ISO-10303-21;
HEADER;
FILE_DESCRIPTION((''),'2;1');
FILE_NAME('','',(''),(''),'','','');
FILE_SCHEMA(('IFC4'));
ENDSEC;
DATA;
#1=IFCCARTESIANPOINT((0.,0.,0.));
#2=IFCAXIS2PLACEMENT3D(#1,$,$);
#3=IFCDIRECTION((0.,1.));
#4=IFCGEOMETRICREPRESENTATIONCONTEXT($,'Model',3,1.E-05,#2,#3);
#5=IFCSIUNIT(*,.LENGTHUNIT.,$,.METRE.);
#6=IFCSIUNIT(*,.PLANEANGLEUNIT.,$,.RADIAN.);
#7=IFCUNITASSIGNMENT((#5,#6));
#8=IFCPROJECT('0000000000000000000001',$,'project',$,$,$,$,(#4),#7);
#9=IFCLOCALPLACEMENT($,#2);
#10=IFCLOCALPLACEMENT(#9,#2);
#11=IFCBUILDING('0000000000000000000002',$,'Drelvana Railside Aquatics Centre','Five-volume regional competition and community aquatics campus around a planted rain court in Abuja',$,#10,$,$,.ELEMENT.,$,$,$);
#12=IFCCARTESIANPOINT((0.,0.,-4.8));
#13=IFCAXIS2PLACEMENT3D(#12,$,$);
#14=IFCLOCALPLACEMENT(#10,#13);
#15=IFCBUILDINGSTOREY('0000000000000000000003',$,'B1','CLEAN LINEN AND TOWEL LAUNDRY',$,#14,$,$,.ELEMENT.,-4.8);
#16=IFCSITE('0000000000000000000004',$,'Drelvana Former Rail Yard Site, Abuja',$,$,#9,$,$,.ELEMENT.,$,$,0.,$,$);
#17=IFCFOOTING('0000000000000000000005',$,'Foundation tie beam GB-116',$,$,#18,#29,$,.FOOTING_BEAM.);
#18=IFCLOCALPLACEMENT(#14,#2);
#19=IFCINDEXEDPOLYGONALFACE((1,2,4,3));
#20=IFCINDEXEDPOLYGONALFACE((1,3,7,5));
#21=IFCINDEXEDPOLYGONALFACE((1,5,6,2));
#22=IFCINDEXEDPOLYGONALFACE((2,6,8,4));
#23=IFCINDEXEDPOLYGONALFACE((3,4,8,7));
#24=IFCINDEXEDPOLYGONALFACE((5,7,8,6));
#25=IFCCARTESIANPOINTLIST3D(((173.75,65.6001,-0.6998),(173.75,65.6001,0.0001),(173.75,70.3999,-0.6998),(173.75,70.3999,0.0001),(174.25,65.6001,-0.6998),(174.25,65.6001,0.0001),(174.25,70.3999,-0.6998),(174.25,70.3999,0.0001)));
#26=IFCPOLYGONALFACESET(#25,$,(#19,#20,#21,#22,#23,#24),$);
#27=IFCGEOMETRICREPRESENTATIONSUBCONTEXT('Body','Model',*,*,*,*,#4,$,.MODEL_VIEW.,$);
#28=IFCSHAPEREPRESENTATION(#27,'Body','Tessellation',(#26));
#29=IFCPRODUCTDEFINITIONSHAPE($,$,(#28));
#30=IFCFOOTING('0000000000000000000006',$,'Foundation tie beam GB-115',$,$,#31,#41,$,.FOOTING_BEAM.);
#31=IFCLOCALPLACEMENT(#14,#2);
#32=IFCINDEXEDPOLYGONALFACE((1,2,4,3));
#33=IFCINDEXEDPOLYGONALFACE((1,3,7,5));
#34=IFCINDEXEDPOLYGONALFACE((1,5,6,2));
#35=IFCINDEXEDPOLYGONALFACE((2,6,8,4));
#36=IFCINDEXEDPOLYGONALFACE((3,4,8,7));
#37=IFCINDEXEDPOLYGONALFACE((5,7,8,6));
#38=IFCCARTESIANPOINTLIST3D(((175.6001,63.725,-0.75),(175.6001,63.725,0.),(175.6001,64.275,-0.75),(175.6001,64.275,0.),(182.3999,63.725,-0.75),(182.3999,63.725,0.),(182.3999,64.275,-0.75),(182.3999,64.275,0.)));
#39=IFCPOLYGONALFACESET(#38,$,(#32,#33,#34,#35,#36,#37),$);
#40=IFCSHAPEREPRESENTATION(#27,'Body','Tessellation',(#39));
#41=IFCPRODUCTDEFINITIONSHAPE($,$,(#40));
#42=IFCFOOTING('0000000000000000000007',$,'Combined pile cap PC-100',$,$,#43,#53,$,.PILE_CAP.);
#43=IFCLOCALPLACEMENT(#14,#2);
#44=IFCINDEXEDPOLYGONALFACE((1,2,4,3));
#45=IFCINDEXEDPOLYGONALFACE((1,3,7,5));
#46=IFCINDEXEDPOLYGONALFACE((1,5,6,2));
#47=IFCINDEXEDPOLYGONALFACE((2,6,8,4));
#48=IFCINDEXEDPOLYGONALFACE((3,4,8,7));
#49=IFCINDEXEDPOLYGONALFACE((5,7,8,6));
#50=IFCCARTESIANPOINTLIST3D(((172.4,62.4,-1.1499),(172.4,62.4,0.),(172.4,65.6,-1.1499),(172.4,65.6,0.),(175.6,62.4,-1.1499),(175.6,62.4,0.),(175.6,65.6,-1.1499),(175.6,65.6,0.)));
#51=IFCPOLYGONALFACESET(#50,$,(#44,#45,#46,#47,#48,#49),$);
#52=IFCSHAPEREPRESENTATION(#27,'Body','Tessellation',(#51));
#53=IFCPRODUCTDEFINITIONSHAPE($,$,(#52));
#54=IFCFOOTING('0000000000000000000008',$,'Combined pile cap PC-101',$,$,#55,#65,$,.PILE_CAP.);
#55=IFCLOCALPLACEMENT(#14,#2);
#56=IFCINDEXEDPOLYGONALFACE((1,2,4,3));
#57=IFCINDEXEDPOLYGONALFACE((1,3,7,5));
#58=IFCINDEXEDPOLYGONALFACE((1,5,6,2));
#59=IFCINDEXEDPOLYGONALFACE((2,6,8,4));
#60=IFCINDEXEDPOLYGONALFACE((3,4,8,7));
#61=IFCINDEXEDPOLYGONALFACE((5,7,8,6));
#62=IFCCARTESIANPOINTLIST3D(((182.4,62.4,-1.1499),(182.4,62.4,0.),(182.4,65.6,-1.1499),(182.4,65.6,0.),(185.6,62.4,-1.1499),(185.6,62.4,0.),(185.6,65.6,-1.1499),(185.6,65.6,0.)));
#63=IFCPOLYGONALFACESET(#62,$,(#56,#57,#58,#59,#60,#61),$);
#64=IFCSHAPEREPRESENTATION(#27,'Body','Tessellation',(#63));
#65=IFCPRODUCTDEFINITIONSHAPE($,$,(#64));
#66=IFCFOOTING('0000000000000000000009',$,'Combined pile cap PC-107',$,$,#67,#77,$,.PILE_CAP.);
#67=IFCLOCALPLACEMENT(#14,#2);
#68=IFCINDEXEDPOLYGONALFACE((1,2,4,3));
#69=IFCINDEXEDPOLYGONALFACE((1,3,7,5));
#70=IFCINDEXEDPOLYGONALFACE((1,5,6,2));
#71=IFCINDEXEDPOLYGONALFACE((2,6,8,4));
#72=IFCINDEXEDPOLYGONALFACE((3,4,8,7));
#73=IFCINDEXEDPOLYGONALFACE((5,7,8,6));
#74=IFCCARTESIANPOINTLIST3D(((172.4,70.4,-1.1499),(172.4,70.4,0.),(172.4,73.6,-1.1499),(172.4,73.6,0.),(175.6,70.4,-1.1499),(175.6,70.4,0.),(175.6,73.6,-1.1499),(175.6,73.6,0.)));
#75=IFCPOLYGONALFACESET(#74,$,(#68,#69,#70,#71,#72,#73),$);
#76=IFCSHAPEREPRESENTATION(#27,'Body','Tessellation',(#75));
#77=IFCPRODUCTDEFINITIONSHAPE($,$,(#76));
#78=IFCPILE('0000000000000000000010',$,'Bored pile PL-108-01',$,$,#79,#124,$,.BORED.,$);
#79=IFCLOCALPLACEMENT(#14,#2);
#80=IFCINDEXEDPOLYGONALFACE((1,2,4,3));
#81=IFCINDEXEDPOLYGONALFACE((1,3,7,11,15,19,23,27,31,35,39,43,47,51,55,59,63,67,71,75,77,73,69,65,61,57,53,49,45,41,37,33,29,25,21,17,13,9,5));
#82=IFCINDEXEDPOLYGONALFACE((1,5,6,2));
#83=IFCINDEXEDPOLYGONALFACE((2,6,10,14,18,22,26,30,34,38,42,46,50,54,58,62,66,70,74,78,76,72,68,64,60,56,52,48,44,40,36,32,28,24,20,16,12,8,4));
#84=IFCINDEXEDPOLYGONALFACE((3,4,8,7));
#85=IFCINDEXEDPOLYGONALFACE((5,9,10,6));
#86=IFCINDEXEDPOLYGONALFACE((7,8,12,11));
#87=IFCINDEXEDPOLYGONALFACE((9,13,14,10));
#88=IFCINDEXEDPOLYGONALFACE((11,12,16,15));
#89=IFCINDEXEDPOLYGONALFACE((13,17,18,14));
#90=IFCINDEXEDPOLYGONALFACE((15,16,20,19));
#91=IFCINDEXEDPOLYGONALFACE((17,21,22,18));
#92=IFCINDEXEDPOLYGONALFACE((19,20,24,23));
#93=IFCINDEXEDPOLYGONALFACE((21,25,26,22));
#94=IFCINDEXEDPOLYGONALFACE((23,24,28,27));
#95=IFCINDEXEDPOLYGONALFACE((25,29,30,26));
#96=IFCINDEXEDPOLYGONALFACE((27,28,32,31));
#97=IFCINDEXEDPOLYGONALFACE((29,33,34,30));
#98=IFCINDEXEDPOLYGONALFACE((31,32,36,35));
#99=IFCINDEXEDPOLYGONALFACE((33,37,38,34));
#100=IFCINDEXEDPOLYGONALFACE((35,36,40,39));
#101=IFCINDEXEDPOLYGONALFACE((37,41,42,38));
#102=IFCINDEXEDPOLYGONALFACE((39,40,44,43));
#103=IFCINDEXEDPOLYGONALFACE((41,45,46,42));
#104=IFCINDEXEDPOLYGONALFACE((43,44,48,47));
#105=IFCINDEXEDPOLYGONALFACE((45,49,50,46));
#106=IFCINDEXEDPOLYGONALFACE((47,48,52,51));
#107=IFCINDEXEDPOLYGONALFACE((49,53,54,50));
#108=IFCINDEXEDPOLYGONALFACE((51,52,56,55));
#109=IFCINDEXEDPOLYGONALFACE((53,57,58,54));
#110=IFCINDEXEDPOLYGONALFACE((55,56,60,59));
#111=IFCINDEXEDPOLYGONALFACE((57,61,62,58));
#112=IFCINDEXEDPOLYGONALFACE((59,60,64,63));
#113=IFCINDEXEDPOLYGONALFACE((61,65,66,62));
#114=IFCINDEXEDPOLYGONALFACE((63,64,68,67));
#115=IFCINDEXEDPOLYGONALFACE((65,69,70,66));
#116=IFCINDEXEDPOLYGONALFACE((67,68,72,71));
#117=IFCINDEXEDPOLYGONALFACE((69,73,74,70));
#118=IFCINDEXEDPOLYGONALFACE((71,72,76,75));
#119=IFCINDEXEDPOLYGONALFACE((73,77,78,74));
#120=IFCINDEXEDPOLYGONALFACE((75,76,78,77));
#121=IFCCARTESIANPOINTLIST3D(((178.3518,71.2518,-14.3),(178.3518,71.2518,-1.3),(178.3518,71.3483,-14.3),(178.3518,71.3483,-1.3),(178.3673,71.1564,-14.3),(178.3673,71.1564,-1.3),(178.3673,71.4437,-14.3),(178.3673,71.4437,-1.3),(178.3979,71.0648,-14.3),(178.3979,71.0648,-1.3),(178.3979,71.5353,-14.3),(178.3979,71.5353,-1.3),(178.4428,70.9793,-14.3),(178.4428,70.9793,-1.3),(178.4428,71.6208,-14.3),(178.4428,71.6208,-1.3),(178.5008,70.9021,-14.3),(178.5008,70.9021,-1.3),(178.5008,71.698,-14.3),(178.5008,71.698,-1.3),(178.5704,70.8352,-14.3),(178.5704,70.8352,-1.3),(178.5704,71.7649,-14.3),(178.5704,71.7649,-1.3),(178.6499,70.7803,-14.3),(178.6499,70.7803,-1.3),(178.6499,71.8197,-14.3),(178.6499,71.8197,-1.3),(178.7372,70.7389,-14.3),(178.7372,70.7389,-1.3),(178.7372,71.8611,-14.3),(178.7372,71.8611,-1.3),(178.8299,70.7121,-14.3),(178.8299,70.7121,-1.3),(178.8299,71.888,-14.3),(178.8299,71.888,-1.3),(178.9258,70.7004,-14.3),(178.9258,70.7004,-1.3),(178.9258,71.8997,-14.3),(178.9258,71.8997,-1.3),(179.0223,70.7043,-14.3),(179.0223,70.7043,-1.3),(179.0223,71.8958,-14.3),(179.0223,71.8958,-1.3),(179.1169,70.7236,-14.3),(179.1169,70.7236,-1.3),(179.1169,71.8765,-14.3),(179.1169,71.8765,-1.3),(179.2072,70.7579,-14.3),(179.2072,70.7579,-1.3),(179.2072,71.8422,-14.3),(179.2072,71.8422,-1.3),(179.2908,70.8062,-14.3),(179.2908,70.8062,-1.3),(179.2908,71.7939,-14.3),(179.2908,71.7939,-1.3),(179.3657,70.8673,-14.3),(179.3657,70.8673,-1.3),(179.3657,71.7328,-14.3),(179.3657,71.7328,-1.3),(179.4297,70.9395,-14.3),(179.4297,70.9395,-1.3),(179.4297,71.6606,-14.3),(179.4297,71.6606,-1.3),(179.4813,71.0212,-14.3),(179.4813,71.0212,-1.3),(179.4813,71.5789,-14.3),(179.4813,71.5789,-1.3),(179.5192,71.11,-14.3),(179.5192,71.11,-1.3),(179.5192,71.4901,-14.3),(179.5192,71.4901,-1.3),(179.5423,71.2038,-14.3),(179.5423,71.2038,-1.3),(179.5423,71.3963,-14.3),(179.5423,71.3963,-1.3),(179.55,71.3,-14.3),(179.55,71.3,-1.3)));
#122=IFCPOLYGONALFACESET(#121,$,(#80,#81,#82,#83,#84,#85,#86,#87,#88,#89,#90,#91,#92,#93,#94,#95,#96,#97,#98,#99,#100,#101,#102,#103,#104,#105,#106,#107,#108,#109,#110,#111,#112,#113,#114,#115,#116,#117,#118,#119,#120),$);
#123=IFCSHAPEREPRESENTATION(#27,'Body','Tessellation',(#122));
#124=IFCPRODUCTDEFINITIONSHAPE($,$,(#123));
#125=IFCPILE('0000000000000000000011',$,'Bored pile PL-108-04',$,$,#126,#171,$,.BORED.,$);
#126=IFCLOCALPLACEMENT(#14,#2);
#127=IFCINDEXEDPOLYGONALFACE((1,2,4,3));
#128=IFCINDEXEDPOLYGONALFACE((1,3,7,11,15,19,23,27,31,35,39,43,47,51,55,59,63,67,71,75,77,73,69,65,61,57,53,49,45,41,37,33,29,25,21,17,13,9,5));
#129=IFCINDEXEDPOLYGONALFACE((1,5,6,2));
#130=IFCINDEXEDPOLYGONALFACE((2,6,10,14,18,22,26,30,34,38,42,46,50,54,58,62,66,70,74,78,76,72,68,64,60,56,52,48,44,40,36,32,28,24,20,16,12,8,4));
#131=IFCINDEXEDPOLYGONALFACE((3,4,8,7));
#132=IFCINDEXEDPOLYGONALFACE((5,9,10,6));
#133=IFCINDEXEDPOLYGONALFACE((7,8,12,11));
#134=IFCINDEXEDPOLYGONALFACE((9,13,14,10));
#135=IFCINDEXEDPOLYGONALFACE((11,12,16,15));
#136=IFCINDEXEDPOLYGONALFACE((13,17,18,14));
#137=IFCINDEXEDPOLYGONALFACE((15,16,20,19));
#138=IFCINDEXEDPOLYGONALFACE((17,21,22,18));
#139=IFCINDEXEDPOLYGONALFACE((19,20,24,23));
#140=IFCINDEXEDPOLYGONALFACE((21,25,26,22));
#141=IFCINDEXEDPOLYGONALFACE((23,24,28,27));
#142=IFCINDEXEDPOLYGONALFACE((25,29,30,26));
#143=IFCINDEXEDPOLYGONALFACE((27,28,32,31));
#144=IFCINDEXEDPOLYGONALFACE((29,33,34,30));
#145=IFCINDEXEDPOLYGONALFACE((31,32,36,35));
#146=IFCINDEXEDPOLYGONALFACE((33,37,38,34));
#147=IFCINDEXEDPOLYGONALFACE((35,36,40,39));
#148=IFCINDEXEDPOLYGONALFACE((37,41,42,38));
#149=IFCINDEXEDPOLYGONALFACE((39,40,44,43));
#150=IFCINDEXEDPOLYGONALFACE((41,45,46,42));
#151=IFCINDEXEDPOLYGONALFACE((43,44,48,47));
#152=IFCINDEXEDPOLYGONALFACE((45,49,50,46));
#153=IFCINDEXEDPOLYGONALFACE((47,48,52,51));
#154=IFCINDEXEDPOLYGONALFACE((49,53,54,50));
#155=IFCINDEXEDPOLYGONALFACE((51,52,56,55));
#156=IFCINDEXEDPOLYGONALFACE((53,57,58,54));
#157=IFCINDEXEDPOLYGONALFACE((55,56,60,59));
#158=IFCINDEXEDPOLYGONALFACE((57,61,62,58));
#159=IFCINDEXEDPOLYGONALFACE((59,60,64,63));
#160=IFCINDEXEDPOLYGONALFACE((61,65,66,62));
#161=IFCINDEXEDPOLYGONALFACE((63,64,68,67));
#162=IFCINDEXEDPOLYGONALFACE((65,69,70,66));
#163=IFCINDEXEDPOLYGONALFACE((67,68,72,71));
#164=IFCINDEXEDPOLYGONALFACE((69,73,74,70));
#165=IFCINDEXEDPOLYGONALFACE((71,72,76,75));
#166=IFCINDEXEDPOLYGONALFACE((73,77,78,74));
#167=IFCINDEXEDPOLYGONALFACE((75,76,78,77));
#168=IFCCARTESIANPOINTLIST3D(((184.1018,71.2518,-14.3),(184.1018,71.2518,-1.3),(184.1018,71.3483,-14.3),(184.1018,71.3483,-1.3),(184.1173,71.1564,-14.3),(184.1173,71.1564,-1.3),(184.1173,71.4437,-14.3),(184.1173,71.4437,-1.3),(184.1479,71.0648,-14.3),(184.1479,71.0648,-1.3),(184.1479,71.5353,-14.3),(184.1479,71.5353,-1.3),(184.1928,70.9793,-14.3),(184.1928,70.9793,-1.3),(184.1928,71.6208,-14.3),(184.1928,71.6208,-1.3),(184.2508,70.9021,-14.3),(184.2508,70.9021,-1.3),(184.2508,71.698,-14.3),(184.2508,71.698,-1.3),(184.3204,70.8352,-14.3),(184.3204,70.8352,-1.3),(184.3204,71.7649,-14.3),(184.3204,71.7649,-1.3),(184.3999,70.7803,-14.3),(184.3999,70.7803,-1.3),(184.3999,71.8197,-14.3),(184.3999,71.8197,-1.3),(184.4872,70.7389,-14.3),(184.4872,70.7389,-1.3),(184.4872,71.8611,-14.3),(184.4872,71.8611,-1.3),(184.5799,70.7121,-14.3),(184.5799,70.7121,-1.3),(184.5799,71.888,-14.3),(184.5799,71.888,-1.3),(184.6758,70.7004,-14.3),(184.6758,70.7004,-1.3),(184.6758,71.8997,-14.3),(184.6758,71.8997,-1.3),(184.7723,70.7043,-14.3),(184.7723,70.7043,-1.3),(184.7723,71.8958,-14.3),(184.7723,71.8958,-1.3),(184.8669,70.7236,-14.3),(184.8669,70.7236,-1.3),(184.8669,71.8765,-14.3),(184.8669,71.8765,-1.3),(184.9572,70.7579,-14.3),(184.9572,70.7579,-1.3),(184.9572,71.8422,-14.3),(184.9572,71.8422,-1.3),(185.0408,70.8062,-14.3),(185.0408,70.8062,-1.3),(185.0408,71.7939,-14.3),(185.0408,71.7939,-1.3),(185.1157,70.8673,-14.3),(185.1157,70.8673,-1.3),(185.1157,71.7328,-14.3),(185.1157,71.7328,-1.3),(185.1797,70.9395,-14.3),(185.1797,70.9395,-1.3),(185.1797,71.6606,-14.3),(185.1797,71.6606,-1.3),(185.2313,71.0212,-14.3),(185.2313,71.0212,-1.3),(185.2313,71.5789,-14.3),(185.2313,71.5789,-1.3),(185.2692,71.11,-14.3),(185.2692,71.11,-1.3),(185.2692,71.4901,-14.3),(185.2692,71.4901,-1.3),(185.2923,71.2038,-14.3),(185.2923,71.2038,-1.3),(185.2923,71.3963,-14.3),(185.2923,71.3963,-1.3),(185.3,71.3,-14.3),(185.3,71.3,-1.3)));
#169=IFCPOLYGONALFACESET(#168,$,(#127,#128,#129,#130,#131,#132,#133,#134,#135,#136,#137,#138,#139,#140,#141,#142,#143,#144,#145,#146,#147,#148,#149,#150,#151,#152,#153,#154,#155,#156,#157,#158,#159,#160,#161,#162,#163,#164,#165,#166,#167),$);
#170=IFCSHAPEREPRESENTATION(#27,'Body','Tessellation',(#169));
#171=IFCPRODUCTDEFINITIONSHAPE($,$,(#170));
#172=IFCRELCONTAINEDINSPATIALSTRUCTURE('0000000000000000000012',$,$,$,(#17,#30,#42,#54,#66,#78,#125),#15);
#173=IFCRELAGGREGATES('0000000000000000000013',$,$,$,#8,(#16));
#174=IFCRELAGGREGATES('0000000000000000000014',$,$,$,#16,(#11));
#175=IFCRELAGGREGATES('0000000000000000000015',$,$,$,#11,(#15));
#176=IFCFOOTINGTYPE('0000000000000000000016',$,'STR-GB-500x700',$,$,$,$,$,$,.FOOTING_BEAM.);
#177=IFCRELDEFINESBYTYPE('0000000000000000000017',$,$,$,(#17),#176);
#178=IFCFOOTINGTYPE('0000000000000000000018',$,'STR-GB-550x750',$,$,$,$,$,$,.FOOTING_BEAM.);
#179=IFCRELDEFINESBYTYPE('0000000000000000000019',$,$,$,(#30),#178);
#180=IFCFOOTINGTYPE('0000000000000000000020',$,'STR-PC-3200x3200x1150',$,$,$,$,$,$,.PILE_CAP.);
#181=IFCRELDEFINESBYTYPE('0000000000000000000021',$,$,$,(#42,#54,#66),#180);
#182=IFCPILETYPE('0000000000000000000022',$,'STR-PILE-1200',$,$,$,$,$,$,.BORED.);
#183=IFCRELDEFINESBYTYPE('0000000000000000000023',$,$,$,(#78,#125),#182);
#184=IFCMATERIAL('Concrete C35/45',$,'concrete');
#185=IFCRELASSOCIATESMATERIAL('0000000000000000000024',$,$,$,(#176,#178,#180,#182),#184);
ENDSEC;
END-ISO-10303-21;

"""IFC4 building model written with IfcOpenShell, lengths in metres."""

from ifc_helpers import new_model, si_unit, direction, frame, origin, origin_2d, place, context, subcontext, project, spatial, rectangle, circle, extrude, material, material_profile, profile_set, type_object, element, save


model = new_model("IFC4")

# Units and contexts
model_context = context("Model", 3, precision=1e-05, world=origin(), true_north=direction((0.0, 1.0)))
body_context = subcontext(model_context, "Body", "Model", "MODEL_VIEW")
ifc_project = project(units=[si_unit("LENGTHUNIT", "METRE"), si_unit("PLANEANGLEUNIT", "RADIAN")], contexts=[model_context])

# Site, building, storey
site_placement = place(None, origin())
site = spatial("IfcSite", under=ifc_project, at=site_placement, Name="Drelvana Former Rail Yard Site, Abuja", CompositionType="ELEMENT", RefElevation=0.0)
building_placement = place(site_placement, origin())
building = spatial("IfcBuilding", under=site, at=building_placement, Name="Drelvana Railside Aquatics Centre", Description="Five-volume regional competition and community aquatics campus around a planted rain court in Abuja", CompositionType="ELEMENT")
storey_placement = place(building_placement, frame((0.0, 0.0, -4.8)))
storey = spatial("IfcBuildingStorey", under=building, at=storey_placement, Name="B1", Description="CLEAN LINEN AND TOWEL LAUNDRY", CompositionType="ELEMENT", Elevation=-4.8)

# Footings
ifc_material_1 = material(Name="Concrete C35/45", Category="concrete")
ifc_material_profile_1 = material_profile(ifc_material_1, rectangle(XDim=0.5, YDim=0.7, at=origin_2d()), Name="GB 500x700")
ifc_profile_set_1 = profile_set([ifc_material_profile_1], Name="Concrete C35/45")
footing_type_1 = type_object("IfcFootingType", Name="STR-GB-500x700", PredefinedType="FOOTING_BEAM", material=ifc_profile_set_1)
footing_1_placement = place(storey_placement, frame((174.0, 65.6001, -0.3499), z_axis=(0.0, 1.0, 0.0), x_axis=(-1.0, 0.0, 0.0)))
element("IfcFooting", 1, at=footing_1_placement, inside=storey, type_object=footing_type_1, Name="Foundation tie beam GB-116", PredefinedType="FOOTING_BEAM", context=body_context, shape_type="SweptSolid", body=[
    extrude(rectangle(XDim=0.5, YDim=0.7, at=origin_2d()), origin(), (0.0, 0.0, 1.0), 4.7998),
])
ifc_material_profile_2 = material_profile(ifc_material_1, rectangle(XDim=0.55, YDim=0.75, at=origin_2d()), Name="GB 550x750")
ifc_profile_set_2 = profile_set([ifc_material_profile_2], Name="Concrete C35/45")
footing_type_2 = type_object("IfcFootingType", Name="STR-GB-550x750", PredefinedType="FOOTING_BEAM", material=ifc_profile_set_2)
footing_2_placement = place(storey_placement, frame((175.6001, 64.0, -0.375), z_axis=(1.0, 0.0, 0.0), x_axis=(0.0, 1.0, 0.0)))
element("IfcFooting", 2, at=footing_2_placement, inside=storey, type_object=footing_type_2, Name="Foundation tie beam GB-115", PredefinedType="FOOTING_BEAM", context=body_context, shape_type="SweptSolid", body=[
    extrude(rectangle(XDim=0.55, YDim=0.75, at=origin_2d()), origin(), (0.0, 0.0, 1.0), 6.7998),
])
footing_type_3 = type_object("IfcFootingType", Name="STR-PC-3200x3200x1150", PredefinedType="PILE_CAP", material=ifc_material_1)
for number, where, z_axis, x_axis, name in (
    (3, (174.0, 64.0, -1.1499), (0.0, 0.0, 1.0), (1.0, 0.0, 0.0), "Combined pile cap PC-100"),
    (4, (184.0, 64.0, -1.1499), (0.0, 0.0, 1.0), (1.0, 0.0, 0.0), "Combined pile cap PC-101"),
    (5, (174.0, 72.0, -1.1499), (0.0, 0.0, 1.0), (1.0, 0.0, 0.0), "Combined pile cap PC-107"),
):
    element("IfcFooting", number, at=place(storey_placement, frame(where, z_axis=z_axis, x_axis=x_axis)), inside=storey, type_object=footing_type_3, Name=name, PredefinedType="PILE_CAP", context=body_context, shape_type="SweptSolid", body=[
        extrude(rectangle(XDim=3.2, YDim=3.2, at=origin_2d()), origin(), (0.0, 0.0, 1.0), 1.1499),
    ])

# Piles
ifc_material_profile_3 = material_profile(ifc_material_1, circle(Radius=0.6001, at=origin_2d()), Name="PILE D1200")
ifc_profile_set_3 = profile_set([ifc_material_profile_3], Name="Concrete C35/45")
pile_type_1 = type_object("IfcPileType", Name="STR-PILE-1200", PredefinedType="BORED", material=ifc_profile_set_3)
for number, where, z_axis, x_axis, name in (
    (6, (178.95, 71.3, -1.3), (0.0, 0.0, -1.0), (1.0, 0.0, 0.0), "Bored pile PL-108-01"),
    (7, (184.7, 71.3, -1.3), (0.0, 0.0, -1.0), (1.0, 0.0, 0.0), "Bored pile PL-108-04"),
):
    element("IfcPile", number, at=place(storey_placement, frame(where, z_axis=z_axis, x_axis=x_axis)), inside=storey, type_object=pile_type_1, Name=name, PredefinedType="BORED", context=body_context, shape_type="SweptSolid", body=[
        extrude(circle(Radius=0.6001, at=origin_2d()), origin(), (0.0, 0.0, 1.0), 13.0),
    ])

save(model, "model.ifc")
